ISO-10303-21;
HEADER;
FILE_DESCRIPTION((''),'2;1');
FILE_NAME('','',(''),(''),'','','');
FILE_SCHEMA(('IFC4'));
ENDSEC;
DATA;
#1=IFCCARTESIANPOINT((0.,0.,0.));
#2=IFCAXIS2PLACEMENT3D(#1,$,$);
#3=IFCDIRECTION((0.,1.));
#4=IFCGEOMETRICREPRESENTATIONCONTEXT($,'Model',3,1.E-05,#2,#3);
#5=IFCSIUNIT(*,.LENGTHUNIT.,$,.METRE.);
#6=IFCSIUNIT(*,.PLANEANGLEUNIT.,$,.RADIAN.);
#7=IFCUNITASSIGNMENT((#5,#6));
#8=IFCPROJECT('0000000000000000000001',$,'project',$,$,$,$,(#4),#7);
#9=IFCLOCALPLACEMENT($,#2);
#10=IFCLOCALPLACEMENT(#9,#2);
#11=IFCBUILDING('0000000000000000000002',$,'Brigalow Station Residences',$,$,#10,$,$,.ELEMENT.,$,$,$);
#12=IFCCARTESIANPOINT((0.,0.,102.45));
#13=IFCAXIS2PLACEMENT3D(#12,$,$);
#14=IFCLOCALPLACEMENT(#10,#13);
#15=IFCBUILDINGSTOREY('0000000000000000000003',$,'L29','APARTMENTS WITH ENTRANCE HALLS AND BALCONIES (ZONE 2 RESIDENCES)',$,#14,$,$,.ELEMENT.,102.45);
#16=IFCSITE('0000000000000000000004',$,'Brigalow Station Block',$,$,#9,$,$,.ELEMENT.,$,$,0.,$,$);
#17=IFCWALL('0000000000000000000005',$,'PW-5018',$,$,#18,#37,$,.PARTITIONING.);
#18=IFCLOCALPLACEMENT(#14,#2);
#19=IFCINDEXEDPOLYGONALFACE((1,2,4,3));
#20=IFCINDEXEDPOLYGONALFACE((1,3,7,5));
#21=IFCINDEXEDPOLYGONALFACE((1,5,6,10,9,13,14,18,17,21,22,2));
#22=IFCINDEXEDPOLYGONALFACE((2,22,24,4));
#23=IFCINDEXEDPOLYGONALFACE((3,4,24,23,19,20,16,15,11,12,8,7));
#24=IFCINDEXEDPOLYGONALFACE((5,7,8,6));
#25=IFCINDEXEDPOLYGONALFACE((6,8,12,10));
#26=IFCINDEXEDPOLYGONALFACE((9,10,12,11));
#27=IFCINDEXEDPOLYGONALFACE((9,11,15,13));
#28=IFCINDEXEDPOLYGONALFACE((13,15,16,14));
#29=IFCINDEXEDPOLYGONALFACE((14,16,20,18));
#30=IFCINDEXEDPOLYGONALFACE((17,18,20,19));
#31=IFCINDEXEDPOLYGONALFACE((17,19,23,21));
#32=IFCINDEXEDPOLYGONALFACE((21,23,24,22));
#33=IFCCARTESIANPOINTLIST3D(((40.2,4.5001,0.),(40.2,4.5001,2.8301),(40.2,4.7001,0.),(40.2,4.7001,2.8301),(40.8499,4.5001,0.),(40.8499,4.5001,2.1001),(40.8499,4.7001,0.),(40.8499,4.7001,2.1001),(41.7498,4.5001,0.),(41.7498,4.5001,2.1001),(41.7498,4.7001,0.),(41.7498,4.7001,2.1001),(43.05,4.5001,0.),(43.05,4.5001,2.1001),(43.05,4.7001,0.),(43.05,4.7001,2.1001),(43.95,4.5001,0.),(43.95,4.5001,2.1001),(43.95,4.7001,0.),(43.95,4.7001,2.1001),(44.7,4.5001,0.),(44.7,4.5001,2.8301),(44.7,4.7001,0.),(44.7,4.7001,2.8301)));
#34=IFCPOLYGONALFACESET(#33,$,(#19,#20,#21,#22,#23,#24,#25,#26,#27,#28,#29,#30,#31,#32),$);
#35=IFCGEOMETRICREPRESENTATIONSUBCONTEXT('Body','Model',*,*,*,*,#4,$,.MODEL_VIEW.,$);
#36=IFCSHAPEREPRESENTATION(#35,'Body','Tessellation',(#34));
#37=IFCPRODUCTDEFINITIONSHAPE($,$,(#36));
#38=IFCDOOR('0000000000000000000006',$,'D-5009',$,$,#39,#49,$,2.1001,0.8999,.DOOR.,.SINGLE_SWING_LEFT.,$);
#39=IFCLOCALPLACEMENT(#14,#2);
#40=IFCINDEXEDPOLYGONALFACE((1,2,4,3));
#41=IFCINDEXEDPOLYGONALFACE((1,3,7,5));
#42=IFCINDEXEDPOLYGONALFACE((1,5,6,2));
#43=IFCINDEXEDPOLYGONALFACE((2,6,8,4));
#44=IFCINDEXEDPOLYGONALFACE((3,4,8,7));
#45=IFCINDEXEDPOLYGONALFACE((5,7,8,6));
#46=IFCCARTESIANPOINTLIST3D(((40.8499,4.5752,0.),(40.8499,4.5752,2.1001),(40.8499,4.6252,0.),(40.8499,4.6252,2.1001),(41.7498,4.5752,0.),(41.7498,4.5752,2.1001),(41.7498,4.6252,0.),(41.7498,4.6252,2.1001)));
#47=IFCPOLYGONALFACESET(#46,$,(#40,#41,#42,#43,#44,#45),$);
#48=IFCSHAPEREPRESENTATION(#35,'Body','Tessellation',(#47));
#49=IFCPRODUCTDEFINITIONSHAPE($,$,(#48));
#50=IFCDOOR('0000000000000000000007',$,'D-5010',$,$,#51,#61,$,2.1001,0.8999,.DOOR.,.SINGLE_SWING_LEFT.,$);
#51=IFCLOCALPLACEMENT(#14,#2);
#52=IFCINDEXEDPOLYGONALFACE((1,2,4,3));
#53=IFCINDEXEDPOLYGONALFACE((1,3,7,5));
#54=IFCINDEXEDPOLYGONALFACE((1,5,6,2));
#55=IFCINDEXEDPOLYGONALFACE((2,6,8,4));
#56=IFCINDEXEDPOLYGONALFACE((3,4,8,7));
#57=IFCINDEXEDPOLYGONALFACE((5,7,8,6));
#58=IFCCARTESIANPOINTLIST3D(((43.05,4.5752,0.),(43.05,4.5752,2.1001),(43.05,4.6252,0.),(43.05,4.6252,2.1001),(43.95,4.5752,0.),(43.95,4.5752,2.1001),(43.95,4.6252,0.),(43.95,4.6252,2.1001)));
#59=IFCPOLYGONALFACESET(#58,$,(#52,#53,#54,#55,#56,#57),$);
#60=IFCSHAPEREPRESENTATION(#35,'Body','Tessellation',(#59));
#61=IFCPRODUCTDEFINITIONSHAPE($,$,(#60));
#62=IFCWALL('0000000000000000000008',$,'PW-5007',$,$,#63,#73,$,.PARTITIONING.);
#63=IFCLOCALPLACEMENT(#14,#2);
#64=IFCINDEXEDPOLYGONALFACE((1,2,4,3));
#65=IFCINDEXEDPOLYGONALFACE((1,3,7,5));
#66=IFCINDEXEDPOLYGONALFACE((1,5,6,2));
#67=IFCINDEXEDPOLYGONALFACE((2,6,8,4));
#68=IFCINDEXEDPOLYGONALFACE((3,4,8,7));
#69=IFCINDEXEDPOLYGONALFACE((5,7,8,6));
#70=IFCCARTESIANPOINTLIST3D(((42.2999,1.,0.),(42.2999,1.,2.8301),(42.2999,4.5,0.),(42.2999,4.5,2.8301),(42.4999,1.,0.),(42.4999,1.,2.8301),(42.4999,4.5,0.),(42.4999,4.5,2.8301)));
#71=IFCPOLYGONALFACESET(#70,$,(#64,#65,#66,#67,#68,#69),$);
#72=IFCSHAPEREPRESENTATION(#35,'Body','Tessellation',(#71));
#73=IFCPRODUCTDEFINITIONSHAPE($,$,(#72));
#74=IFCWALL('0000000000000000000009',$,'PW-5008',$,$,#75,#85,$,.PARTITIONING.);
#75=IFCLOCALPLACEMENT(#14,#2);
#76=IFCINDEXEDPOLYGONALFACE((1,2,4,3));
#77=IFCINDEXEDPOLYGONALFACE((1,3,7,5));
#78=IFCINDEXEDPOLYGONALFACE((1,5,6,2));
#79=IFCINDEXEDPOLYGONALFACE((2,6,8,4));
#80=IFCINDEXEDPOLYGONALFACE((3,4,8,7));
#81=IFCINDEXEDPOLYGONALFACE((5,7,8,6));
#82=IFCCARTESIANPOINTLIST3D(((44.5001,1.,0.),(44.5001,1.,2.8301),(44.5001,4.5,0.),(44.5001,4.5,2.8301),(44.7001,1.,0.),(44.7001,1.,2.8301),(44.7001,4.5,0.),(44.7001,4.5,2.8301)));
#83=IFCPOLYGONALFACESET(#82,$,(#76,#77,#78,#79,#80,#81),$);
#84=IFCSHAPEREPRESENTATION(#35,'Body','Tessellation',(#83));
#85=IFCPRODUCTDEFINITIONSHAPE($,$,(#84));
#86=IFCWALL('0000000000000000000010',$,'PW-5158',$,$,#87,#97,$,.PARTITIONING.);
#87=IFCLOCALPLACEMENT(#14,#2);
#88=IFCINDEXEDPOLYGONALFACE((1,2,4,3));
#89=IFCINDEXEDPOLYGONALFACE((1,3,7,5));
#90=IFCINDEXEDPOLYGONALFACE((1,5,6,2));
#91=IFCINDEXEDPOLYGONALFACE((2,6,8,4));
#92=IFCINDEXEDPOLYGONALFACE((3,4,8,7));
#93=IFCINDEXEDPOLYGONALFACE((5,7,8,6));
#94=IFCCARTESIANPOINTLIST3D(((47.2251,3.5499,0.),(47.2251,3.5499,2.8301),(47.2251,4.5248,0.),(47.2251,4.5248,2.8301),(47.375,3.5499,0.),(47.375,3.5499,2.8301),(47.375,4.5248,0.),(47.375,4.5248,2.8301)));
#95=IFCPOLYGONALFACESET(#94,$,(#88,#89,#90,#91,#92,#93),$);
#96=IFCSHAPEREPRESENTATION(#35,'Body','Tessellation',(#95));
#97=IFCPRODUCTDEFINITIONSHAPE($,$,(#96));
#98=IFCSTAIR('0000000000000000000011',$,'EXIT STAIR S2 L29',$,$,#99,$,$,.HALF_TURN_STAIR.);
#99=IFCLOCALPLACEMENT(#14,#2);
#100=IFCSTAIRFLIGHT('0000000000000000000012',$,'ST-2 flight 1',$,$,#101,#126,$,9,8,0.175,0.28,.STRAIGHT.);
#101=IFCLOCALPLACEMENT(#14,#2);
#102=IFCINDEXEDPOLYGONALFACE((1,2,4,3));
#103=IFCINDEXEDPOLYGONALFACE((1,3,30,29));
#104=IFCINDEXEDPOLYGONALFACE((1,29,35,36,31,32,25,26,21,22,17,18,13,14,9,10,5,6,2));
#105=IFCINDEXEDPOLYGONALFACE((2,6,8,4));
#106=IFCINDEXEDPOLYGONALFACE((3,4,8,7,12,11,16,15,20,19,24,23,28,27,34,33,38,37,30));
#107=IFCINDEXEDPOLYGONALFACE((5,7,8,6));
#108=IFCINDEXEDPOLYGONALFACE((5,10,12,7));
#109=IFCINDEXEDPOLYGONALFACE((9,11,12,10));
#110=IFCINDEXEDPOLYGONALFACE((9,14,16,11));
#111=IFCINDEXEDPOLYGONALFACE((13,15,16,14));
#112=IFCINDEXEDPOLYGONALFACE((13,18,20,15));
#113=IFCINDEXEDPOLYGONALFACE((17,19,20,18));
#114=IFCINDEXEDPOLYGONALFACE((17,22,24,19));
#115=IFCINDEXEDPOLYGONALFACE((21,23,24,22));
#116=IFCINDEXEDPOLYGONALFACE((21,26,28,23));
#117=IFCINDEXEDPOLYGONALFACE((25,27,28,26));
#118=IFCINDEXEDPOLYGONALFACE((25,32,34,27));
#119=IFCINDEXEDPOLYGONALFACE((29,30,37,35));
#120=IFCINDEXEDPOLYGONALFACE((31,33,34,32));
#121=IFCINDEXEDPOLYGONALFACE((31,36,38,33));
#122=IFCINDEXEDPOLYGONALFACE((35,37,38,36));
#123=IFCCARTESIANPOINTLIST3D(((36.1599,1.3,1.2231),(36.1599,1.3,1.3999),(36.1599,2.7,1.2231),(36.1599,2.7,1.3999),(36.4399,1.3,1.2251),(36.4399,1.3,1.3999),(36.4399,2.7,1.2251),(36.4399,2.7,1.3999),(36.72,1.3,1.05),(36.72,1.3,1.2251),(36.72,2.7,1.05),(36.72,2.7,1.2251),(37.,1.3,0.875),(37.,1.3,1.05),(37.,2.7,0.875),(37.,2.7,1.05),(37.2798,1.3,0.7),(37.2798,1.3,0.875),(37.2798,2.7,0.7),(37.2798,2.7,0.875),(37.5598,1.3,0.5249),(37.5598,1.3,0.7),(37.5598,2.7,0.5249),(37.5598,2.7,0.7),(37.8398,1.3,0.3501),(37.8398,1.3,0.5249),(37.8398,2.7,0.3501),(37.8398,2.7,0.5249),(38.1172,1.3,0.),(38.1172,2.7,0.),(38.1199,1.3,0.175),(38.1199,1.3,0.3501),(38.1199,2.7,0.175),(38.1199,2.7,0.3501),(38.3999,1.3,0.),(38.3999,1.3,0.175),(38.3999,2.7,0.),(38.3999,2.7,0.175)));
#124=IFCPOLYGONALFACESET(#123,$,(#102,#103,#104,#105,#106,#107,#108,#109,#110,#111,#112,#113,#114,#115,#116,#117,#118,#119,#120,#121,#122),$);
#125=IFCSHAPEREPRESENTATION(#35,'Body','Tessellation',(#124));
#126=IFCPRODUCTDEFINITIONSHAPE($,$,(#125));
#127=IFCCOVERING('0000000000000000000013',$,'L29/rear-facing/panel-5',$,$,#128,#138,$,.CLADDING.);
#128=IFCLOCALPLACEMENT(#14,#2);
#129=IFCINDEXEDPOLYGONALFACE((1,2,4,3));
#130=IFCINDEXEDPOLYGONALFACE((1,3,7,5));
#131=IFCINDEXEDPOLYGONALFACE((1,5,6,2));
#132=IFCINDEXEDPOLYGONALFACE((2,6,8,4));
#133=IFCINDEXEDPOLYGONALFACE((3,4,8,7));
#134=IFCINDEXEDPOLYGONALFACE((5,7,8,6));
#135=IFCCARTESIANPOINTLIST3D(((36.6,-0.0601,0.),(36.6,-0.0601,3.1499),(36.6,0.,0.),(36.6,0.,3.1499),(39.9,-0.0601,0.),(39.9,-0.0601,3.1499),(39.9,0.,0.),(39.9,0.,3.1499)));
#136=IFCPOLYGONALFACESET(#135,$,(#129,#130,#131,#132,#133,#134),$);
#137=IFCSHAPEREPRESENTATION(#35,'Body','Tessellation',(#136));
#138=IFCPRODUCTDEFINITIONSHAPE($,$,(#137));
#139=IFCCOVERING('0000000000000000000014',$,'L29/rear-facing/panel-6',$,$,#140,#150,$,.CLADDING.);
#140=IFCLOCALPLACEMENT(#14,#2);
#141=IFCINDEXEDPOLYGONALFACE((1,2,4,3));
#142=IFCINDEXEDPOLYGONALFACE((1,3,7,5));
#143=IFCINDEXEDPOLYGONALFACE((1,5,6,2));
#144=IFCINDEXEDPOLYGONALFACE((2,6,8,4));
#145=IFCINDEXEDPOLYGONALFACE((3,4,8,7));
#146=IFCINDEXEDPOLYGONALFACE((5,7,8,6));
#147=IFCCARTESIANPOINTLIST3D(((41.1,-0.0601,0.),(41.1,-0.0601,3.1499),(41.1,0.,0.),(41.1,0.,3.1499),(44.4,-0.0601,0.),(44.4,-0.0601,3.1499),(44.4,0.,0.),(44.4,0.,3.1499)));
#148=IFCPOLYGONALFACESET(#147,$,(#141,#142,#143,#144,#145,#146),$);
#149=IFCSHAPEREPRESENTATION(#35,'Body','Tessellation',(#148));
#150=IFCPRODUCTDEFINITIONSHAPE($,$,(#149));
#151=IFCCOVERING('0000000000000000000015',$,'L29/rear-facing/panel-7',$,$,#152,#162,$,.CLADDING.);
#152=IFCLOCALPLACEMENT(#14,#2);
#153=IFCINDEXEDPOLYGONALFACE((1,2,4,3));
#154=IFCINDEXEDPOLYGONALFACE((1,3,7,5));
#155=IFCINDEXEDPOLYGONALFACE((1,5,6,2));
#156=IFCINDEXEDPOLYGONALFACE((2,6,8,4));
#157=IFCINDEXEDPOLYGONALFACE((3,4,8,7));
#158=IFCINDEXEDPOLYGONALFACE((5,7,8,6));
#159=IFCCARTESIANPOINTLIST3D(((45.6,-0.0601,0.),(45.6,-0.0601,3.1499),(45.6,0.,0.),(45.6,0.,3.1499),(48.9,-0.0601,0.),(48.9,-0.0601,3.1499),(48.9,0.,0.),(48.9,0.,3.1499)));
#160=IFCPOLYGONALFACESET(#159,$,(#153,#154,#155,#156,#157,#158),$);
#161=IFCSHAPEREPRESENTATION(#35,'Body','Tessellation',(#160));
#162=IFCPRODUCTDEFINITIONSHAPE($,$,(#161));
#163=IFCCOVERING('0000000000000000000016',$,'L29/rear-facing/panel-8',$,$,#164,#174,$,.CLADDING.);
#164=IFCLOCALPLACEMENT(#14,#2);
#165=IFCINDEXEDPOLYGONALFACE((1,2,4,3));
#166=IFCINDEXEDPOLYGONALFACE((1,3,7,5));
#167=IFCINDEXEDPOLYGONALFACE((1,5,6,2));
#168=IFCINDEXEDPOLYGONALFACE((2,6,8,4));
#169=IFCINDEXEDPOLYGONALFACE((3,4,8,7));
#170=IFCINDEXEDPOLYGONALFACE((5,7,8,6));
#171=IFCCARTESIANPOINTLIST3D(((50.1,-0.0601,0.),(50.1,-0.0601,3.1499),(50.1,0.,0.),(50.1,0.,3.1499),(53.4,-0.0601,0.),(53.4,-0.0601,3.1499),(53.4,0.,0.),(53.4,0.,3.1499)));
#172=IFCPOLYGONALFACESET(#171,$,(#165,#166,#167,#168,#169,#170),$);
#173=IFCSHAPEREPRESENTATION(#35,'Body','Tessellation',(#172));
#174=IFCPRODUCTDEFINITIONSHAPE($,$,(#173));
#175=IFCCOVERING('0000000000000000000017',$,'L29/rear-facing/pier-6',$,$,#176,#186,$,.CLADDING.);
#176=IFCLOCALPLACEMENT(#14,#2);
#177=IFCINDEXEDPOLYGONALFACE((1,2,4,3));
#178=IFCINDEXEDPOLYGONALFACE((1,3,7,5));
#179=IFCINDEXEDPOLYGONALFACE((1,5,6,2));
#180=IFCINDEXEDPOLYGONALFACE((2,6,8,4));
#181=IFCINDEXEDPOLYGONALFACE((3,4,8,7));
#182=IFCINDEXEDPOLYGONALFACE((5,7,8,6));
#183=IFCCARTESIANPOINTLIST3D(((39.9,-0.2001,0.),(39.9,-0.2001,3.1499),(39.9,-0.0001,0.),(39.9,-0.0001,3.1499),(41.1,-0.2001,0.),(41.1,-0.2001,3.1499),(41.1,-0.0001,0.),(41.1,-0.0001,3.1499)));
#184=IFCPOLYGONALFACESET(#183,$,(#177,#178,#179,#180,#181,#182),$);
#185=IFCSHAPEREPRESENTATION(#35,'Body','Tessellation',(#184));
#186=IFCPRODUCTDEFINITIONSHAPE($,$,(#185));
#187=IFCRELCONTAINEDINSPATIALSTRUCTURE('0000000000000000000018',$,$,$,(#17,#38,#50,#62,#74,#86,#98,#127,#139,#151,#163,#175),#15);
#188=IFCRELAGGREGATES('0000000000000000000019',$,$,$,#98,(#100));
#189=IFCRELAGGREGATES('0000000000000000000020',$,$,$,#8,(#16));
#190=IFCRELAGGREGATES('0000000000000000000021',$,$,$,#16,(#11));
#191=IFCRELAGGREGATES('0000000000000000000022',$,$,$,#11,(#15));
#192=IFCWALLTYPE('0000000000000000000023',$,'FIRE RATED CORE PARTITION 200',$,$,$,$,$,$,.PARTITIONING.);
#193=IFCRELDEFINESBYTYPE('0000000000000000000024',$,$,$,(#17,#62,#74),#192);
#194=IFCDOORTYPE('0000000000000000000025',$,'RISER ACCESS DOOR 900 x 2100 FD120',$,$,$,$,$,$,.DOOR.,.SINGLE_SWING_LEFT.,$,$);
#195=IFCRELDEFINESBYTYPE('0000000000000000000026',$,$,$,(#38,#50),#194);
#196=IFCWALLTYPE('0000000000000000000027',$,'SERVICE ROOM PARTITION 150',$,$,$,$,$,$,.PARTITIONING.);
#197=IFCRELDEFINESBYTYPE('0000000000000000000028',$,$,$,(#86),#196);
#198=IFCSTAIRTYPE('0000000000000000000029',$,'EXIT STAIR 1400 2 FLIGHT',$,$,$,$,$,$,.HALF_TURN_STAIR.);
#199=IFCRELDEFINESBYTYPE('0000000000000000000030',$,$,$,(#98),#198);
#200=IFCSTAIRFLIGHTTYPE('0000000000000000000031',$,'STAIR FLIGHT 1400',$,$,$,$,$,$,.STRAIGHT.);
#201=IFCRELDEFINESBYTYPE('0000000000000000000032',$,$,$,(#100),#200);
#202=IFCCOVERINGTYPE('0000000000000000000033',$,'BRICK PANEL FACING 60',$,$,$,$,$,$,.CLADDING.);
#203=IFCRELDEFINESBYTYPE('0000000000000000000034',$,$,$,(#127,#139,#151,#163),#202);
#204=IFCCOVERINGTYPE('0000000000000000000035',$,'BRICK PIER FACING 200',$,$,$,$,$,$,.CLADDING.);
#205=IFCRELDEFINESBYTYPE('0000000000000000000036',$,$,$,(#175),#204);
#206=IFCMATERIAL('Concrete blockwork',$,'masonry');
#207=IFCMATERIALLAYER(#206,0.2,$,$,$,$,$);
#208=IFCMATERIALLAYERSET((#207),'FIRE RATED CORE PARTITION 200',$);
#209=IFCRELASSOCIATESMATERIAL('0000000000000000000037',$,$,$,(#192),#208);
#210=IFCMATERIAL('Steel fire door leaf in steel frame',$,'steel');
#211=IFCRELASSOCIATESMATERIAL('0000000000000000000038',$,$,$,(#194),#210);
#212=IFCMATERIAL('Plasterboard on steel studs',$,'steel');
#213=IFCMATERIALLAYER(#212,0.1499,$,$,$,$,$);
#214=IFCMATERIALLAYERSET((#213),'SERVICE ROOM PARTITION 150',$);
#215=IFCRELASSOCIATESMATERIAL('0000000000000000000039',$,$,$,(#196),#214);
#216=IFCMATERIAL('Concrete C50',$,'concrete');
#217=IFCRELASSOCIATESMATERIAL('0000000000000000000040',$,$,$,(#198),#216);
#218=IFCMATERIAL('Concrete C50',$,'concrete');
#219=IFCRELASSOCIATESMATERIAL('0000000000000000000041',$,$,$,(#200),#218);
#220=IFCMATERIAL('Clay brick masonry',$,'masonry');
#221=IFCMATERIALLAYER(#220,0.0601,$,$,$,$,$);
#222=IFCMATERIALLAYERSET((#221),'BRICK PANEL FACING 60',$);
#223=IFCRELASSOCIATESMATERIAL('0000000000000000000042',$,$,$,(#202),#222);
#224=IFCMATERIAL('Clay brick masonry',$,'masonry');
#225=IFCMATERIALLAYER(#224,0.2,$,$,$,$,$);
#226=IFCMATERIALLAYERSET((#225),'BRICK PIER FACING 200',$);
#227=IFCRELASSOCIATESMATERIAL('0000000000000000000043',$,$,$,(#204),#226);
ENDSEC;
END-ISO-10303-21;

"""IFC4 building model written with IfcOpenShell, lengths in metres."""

from ifc_helpers import new_model, si_unit, direction, frame, frame_2d, origin, origin_2d, place, context, subcontext, project, spatial, polyline, rectangle, outline, extrude, material, layer, layer_set, type_object, element, fill, aggregate, save


model = new_model("IFC4")

# Units and contexts
model_context = context("Model", 3, precision=1e-05, world=origin(), true_north=direction((0.0, 1.0)))
body_context = subcontext(model_context, "Body", "Model", "MODEL_VIEW")
ifc_project = project(units=[si_unit("LENGTHUNIT", "METRE"), si_unit("PLANEANGLEUNIT", "RADIAN")], contexts=[model_context])

# Site, building, storey
site_placement = place(None, origin())
site = spatial("IfcSite", under=ifc_project, at=site_placement, Name="Brigalow Station Block", CompositionType="ELEMENT", RefElevation=0.0)
building_placement = place(site_placement, origin())
building = spatial("IfcBuilding", under=site, at=building_placement, Name="Brigalow Station Residences", CompositionType="ELEMENT")
storey_placement = place(building_placement, frame((0.0, 0.0, 102.45)))
storey = spatial("IfcBuildingStorey", under=building, at=storey_placement, Name="L29", Description="APARTMENTS WITH ENTRANCE HALLS AND BALCONIES (ZONE 2 RESIDENCES)", CompositionType="ELEMENT", Elevation=102.45)

# Wall, openings, doors
ifc_material_1 = material(Name="Concrete blockwork", Category="masonry")
ifc_layer_1 = layer(ifc_material_1, 0.2)
ifc_layer_set_1 = layer_set([ifc_layer_1], Name="FIRE RATED CORE PARTITION 200")
wall_type_1 = type_object("IfcWallType", Name="FIRE RATED CORE PARTITION 200", PredefinedType="PARTITIONING", material=ifc_layer_set_1)
wall_1_placement = place(storey_placement, frame((40.2, 4.6001, 0.0), z_axis=(0.0, 0.0, 1.0), x_axis=(1.0, 0.0, 0.0)))
wall_1 = element("IfcWall", 1, at=wall_1_placement, inside=storey, type_object=wall_type_1, Name="PW-5018", PredefinedType="PARTITIONING", context=body_context, shape_type="SweptSolid", body=[
    extrude(rectangle(XDim=4.5, YDim=0.2, at=frame_2d((2.25, 0.0))), origin(), (0.0, 0.0, 1.0), 2.8301),
])
opening_1_placement = place(wall_1_placement, frame((0.6499, 0.0, 0.0)))
opening_1 = element("IfcOpeningElement", 2, at=opening_1_placement, cuts=wall_1, PredefinedType="OPENING", context=body_context, shape_type="SweptSolid", body=[
    extrude(rectangle(XDim=0.8999, YDim=2.1001, at=frame_2d((0.45, 1.05))), frame((0.0, 0.1099, 0.0), z_axis=(0.0, -1.0, 0.0), x_axis=(1.0, 0.0, 0.0)), (0.0, 0.0, 1.0), 0.22),
])
opening_2_placement = place(wall_1_placement, frame((2.8501, 0.0, 0.0)))
opening_2 = element("IfcOpeningElement", 3, at=opening_2_placement, cuts=wall_1, PredefinedType="OPENING", context=body_context, shape_type="SweptSolid", body=[
    extrude(rectangle(XDim=0.8999, YDim=2.1001, at=frame_2d((0.45, 1.05))), frame((0.0, 0.1099, 0.0), z_axis=(0.0, -1.0, 0.0), x_axis=(1.0, 0.0, 0.0)), (0.0, 0.0, 1.0), 0.22),
])
ifc_material_2 = material(Name="Steel fire door leaf in steel frame", Category="steel")
door_type_1 = type_object("IfcDoorType", Name="RISER ACCESS DOOR 900 x 2100 FD120", OperationType="SINGLE_SWING_LEFT", PredefinedType="DOOR", material=ifc_material_2)
door_1_placement = place(opening_1_placement, frame((0.8999, 0.0, 0.0), z_axis=(0.0, 0.0, 1.0), x_axis=(-1.0, 0.0, 0.0)))
door_1 = element("IfcDoor", 4, at=door_1_placement, inside=storey, type_object=door_type_1, Name="D-5009", OperationType="SINGLE_SWING_LEFT", OverallHeight=2.1001, OverallWidth=0.8999, PredefinedType="DOOR", context=body_context, shape_type="SweptSolid", body=[
    extrude(rectangle(XDim=0.8999, YDim=2.1001, at=frame_2d((0.45, 1.05))), frame((0.0, 0.0249, 0.0), z_axis=(0.0, -1.0, 0.0), x_axis=(1.0, 0.0, 0.0)), (0.0, 0.0, 1.0), 0.05),
])
fill(opening_1, door_1)
door_2_placement = place(opening_2_placement, frame((0.8999, 0.0, 0.0), z_axis=(0.0, 0.0, 1.0), x_axis=(-1.0, 0.0, 0.0)))
door_2 = element("IfcDoor", 5, at=door_2_placement, inside=storey, type_object=door_type_1, Name="D-5010", OperationType="SINGLE_SWING_LEFT", OverallHeight=2.1001, OverallWidth=0.8999, PredefinedType="DOOR", context=body_context, shape_type="SweptSolid", body=[
    extrude(rectangle(XDim=0.8999, YDim=2.1001, at=frame_2d((0.45, 1.05))), frame((0.0, 0.0249, 0.0), z_axis=(0.0, -1.0, 0.0), x_axis=(1.0, 0.0, 0.0)), (0.0, 0.0, 1.0), 0.05),
])
fill(opening_2, door_2)

# Walls
for number, where, z_axis, x_axis, name in (
    (6, (42.3999, 1.0, 0.0), (0.0, 0.0, 1.0), (0.0, 1.0, 0.0), "PW-5007"),
    (7, (44.6001, 1.0, 0.0), (0.0, 0.0, 1.0), (0.0, 1.0, 0.0), "PW-5008"),
):
    element("IfcWall", number, at=place(storey_placement, frame(where, z_axis=z_axis, x_axis=x_axis)), inside=storey, type_object=wall_type_1, Name=name, PredefinedType="PARTITIONING", context=body_context, shape_type="SweptSolid", body=[
        extrude(rectangle(XDim=3.5, YDim=0.2, at=frame_2d((1.75, 0.0))), origin(), (0.0, 0.0, 1.0), 2.8301),
    ])
ifc_material_3 = material(Name="Plasterboard on steel studs", Category="steel")
ifc_layer_2 = layer(ifc_material_3, 0.1499)
ifc_layer_set_2 = layer_set([ifc_layer_2], Name="SERVICE ROOM PARTITION 150")
wall_type_2 = type_object("IfcWallType", Name="SERVICE ROOM PARTITION 150", PredefinedType="PARTITIONING", material=ifc_layer_set_2)
wall_2_placement = place(storey_placement, frame((47.3, 3.55, 0.0), z_axis=(0.0, 0.0, 1.0), x_axis=(0.0, 1.0, 0.0)))
element("IfcWall", 8, at=wall_2_placement, inside=storey, type_object=wall_type_2, Name="PW-5158", PredefinedType="PARTITIONING", context=body_context, shape_type="SweptSolid", body=[
    extrude(rectangle(XDim=0.9749, YDim=0.1499, at=frame_2d((0.4873, 0.0))), origin(), (0.0, 0.0, 1.0), 2.8301),
])

# Stair, stair flight
ifc_material_4 = material(Name="Concrete C50", Category="concrete")
stair_type = type_object("IfcStairType", Name="EXIT STAIR 1400 2 FLIGHT", PredefinedType="HALF_TURN_STAIR", material=ifc_material_4)
stair_placement = place(storey_placement, origin())
stair = element("IfcStair", 9, at=stair_placement, inside=storey, type_object=stair_type, Name="EXIT STAIR S2 L29", PredefinedType="HALF_TURN_STAIR")
ifc_material_5 = material(Name="Concrete C50", Category="concrete")
stair_flight_type = type_object("IfcStairFlightType", Name="STAIR FLIGHT 1400", PredefinedType="STRAIGHT", material=ifc_material_5)
stair_flight_placement = place(storey_placement, frame((38.3999, 2.0, 0.0), z_axis=(0.0, 0.0, 1.0), x_axis=(-1.0, 0.0, 0.0)))
stair_flight = element("IfcStairFlight", 10, at=stair_flight_placement, type_object=stair_flight_type, Name="ST-2 flight 1", NumberOfRisers=9, NumberOfTreads=8, PredefinedType="STRAIGHT", RiserHeight=0.175, TreadLength=0.28, context=body_context, shape_type="SweptSolid", body=[
    extrude(outline(polyline([(0.0, 0.0), (0.0, 0.175), (0.28, 0.175), (0.28, 0.3501), (0.5601, 0.3501), (0.5601, 0.5249), (0.8401, 0.5249), (0.8401, 0.7), (1.1201, 0.7), (1.1201, 0.875), (1.3999, 0.875), (1.3999, 1.05), (1.6799, 1.05), (1.6799, 1.2251), (1.96, 1.2251), (1.96, 1.3999), (2.24, 1.3999), (2.24, 1.575), (2.24, 1.2231), (0.2827, 0.0), (0.0, 0.0)])), frame((0.0, 0.7, 0.0), z_axis=(0.0, -1.0, 0.0), x_axis=(1.0, 0.0, 0.0)), (0.0, 0.0, 1.0), 1.3999),
])
aggregate(stair, [stair_flight])

# Coverings
ifc_material_6 = material(Name="Clay brick masonry", Category="masonry")
ifc_layer_3 = layer(ifc_material_6, 0.0601)
ifc_layer_set_3 = layer_set([ifc_layer_3], Name="BRICK PANEL FACING 60")
covering_type_1 = type_object("IfcCoveringType", Name="BRICK PANEL FACING 60", PredefinedType="CLADDING", material=ifc_layer_set_3)
for number, where, z_axis, x_axis, name in (
    (11, (38.25, -0.03, 0.0), (0.0, 0.0, 1.0), (1.0, 0.0, 0.0), "L29/rear-facing/panel-5"),
    (12, (42.75, -0.03, 0.0), (0.0, 0.0, 1.0), (1.0, 0.0, 0.0), "L29/rear-facing/panel-6"),
    (13, (47.25, -0.03, 0.0), (0.0, 0.0, 1.0), (1.0, 0.0, 0.0), "L29/rear-facing/panel-7"),
    (14, (51.75, -0.03, 0.0), (0.0, 0.0, 1.0), (1.0, 0.0, 0.0), "L29/rear-facing/panel-8"),
):
    element("IfcCovering", number, at=place(storey_placement, frame(where, z_axis=z_axis, x_axis=x_axis)), inside=storey, type_object=covering_type_1, Name=name, PredefinedType="CLADDING", context=body_context, shape_type="SweptSolid", body=[
        extrude(rectangle(XDim=3.3, YDim=0.0601, at=origin_2d()), origin(), (0.0, 0.0, 1.0), 3.1499),
    ])
ifc_material_7 = material(Name="Clay brick masonry", Category="masonry")
ifc_layer_4 = layer(ifc_material_7, 0.2)
ifc_layer_set_4 = layer_set([ifc_layer_4], Name="BRICK PIER FACING 200")
covering_type_2 = type_object("IfcCoveringType", Name="BRICK PIER FACING 200", PredefinedType="CLADDING", material=ifc_layer_set_4)
for number, where, z_axis, x_axis, name in (
    (15, (40.5, -0.1001, 0.0), (0.0, 0.0, 1.0), (1.0, 0.0, 0.0), "L29/rear-facing/pier-6"),
):
    element("IfcCovering", number, at=place(storey_placement, frame(where, z_axis=z_axis, x_axis=x_axis)), inside=storey, type_object=covering_type_2, Name=name, PredefinedType="CLADDING", context=body_context, shape_type="SweptSolid", body=[
        extrude(rectangle(XDim=1.2, YDim=0.2, at=origin_2d()), origin(), (0.0, 0.0, 1.0), 3.1499),
    ])

save(model, "model.ifc")
